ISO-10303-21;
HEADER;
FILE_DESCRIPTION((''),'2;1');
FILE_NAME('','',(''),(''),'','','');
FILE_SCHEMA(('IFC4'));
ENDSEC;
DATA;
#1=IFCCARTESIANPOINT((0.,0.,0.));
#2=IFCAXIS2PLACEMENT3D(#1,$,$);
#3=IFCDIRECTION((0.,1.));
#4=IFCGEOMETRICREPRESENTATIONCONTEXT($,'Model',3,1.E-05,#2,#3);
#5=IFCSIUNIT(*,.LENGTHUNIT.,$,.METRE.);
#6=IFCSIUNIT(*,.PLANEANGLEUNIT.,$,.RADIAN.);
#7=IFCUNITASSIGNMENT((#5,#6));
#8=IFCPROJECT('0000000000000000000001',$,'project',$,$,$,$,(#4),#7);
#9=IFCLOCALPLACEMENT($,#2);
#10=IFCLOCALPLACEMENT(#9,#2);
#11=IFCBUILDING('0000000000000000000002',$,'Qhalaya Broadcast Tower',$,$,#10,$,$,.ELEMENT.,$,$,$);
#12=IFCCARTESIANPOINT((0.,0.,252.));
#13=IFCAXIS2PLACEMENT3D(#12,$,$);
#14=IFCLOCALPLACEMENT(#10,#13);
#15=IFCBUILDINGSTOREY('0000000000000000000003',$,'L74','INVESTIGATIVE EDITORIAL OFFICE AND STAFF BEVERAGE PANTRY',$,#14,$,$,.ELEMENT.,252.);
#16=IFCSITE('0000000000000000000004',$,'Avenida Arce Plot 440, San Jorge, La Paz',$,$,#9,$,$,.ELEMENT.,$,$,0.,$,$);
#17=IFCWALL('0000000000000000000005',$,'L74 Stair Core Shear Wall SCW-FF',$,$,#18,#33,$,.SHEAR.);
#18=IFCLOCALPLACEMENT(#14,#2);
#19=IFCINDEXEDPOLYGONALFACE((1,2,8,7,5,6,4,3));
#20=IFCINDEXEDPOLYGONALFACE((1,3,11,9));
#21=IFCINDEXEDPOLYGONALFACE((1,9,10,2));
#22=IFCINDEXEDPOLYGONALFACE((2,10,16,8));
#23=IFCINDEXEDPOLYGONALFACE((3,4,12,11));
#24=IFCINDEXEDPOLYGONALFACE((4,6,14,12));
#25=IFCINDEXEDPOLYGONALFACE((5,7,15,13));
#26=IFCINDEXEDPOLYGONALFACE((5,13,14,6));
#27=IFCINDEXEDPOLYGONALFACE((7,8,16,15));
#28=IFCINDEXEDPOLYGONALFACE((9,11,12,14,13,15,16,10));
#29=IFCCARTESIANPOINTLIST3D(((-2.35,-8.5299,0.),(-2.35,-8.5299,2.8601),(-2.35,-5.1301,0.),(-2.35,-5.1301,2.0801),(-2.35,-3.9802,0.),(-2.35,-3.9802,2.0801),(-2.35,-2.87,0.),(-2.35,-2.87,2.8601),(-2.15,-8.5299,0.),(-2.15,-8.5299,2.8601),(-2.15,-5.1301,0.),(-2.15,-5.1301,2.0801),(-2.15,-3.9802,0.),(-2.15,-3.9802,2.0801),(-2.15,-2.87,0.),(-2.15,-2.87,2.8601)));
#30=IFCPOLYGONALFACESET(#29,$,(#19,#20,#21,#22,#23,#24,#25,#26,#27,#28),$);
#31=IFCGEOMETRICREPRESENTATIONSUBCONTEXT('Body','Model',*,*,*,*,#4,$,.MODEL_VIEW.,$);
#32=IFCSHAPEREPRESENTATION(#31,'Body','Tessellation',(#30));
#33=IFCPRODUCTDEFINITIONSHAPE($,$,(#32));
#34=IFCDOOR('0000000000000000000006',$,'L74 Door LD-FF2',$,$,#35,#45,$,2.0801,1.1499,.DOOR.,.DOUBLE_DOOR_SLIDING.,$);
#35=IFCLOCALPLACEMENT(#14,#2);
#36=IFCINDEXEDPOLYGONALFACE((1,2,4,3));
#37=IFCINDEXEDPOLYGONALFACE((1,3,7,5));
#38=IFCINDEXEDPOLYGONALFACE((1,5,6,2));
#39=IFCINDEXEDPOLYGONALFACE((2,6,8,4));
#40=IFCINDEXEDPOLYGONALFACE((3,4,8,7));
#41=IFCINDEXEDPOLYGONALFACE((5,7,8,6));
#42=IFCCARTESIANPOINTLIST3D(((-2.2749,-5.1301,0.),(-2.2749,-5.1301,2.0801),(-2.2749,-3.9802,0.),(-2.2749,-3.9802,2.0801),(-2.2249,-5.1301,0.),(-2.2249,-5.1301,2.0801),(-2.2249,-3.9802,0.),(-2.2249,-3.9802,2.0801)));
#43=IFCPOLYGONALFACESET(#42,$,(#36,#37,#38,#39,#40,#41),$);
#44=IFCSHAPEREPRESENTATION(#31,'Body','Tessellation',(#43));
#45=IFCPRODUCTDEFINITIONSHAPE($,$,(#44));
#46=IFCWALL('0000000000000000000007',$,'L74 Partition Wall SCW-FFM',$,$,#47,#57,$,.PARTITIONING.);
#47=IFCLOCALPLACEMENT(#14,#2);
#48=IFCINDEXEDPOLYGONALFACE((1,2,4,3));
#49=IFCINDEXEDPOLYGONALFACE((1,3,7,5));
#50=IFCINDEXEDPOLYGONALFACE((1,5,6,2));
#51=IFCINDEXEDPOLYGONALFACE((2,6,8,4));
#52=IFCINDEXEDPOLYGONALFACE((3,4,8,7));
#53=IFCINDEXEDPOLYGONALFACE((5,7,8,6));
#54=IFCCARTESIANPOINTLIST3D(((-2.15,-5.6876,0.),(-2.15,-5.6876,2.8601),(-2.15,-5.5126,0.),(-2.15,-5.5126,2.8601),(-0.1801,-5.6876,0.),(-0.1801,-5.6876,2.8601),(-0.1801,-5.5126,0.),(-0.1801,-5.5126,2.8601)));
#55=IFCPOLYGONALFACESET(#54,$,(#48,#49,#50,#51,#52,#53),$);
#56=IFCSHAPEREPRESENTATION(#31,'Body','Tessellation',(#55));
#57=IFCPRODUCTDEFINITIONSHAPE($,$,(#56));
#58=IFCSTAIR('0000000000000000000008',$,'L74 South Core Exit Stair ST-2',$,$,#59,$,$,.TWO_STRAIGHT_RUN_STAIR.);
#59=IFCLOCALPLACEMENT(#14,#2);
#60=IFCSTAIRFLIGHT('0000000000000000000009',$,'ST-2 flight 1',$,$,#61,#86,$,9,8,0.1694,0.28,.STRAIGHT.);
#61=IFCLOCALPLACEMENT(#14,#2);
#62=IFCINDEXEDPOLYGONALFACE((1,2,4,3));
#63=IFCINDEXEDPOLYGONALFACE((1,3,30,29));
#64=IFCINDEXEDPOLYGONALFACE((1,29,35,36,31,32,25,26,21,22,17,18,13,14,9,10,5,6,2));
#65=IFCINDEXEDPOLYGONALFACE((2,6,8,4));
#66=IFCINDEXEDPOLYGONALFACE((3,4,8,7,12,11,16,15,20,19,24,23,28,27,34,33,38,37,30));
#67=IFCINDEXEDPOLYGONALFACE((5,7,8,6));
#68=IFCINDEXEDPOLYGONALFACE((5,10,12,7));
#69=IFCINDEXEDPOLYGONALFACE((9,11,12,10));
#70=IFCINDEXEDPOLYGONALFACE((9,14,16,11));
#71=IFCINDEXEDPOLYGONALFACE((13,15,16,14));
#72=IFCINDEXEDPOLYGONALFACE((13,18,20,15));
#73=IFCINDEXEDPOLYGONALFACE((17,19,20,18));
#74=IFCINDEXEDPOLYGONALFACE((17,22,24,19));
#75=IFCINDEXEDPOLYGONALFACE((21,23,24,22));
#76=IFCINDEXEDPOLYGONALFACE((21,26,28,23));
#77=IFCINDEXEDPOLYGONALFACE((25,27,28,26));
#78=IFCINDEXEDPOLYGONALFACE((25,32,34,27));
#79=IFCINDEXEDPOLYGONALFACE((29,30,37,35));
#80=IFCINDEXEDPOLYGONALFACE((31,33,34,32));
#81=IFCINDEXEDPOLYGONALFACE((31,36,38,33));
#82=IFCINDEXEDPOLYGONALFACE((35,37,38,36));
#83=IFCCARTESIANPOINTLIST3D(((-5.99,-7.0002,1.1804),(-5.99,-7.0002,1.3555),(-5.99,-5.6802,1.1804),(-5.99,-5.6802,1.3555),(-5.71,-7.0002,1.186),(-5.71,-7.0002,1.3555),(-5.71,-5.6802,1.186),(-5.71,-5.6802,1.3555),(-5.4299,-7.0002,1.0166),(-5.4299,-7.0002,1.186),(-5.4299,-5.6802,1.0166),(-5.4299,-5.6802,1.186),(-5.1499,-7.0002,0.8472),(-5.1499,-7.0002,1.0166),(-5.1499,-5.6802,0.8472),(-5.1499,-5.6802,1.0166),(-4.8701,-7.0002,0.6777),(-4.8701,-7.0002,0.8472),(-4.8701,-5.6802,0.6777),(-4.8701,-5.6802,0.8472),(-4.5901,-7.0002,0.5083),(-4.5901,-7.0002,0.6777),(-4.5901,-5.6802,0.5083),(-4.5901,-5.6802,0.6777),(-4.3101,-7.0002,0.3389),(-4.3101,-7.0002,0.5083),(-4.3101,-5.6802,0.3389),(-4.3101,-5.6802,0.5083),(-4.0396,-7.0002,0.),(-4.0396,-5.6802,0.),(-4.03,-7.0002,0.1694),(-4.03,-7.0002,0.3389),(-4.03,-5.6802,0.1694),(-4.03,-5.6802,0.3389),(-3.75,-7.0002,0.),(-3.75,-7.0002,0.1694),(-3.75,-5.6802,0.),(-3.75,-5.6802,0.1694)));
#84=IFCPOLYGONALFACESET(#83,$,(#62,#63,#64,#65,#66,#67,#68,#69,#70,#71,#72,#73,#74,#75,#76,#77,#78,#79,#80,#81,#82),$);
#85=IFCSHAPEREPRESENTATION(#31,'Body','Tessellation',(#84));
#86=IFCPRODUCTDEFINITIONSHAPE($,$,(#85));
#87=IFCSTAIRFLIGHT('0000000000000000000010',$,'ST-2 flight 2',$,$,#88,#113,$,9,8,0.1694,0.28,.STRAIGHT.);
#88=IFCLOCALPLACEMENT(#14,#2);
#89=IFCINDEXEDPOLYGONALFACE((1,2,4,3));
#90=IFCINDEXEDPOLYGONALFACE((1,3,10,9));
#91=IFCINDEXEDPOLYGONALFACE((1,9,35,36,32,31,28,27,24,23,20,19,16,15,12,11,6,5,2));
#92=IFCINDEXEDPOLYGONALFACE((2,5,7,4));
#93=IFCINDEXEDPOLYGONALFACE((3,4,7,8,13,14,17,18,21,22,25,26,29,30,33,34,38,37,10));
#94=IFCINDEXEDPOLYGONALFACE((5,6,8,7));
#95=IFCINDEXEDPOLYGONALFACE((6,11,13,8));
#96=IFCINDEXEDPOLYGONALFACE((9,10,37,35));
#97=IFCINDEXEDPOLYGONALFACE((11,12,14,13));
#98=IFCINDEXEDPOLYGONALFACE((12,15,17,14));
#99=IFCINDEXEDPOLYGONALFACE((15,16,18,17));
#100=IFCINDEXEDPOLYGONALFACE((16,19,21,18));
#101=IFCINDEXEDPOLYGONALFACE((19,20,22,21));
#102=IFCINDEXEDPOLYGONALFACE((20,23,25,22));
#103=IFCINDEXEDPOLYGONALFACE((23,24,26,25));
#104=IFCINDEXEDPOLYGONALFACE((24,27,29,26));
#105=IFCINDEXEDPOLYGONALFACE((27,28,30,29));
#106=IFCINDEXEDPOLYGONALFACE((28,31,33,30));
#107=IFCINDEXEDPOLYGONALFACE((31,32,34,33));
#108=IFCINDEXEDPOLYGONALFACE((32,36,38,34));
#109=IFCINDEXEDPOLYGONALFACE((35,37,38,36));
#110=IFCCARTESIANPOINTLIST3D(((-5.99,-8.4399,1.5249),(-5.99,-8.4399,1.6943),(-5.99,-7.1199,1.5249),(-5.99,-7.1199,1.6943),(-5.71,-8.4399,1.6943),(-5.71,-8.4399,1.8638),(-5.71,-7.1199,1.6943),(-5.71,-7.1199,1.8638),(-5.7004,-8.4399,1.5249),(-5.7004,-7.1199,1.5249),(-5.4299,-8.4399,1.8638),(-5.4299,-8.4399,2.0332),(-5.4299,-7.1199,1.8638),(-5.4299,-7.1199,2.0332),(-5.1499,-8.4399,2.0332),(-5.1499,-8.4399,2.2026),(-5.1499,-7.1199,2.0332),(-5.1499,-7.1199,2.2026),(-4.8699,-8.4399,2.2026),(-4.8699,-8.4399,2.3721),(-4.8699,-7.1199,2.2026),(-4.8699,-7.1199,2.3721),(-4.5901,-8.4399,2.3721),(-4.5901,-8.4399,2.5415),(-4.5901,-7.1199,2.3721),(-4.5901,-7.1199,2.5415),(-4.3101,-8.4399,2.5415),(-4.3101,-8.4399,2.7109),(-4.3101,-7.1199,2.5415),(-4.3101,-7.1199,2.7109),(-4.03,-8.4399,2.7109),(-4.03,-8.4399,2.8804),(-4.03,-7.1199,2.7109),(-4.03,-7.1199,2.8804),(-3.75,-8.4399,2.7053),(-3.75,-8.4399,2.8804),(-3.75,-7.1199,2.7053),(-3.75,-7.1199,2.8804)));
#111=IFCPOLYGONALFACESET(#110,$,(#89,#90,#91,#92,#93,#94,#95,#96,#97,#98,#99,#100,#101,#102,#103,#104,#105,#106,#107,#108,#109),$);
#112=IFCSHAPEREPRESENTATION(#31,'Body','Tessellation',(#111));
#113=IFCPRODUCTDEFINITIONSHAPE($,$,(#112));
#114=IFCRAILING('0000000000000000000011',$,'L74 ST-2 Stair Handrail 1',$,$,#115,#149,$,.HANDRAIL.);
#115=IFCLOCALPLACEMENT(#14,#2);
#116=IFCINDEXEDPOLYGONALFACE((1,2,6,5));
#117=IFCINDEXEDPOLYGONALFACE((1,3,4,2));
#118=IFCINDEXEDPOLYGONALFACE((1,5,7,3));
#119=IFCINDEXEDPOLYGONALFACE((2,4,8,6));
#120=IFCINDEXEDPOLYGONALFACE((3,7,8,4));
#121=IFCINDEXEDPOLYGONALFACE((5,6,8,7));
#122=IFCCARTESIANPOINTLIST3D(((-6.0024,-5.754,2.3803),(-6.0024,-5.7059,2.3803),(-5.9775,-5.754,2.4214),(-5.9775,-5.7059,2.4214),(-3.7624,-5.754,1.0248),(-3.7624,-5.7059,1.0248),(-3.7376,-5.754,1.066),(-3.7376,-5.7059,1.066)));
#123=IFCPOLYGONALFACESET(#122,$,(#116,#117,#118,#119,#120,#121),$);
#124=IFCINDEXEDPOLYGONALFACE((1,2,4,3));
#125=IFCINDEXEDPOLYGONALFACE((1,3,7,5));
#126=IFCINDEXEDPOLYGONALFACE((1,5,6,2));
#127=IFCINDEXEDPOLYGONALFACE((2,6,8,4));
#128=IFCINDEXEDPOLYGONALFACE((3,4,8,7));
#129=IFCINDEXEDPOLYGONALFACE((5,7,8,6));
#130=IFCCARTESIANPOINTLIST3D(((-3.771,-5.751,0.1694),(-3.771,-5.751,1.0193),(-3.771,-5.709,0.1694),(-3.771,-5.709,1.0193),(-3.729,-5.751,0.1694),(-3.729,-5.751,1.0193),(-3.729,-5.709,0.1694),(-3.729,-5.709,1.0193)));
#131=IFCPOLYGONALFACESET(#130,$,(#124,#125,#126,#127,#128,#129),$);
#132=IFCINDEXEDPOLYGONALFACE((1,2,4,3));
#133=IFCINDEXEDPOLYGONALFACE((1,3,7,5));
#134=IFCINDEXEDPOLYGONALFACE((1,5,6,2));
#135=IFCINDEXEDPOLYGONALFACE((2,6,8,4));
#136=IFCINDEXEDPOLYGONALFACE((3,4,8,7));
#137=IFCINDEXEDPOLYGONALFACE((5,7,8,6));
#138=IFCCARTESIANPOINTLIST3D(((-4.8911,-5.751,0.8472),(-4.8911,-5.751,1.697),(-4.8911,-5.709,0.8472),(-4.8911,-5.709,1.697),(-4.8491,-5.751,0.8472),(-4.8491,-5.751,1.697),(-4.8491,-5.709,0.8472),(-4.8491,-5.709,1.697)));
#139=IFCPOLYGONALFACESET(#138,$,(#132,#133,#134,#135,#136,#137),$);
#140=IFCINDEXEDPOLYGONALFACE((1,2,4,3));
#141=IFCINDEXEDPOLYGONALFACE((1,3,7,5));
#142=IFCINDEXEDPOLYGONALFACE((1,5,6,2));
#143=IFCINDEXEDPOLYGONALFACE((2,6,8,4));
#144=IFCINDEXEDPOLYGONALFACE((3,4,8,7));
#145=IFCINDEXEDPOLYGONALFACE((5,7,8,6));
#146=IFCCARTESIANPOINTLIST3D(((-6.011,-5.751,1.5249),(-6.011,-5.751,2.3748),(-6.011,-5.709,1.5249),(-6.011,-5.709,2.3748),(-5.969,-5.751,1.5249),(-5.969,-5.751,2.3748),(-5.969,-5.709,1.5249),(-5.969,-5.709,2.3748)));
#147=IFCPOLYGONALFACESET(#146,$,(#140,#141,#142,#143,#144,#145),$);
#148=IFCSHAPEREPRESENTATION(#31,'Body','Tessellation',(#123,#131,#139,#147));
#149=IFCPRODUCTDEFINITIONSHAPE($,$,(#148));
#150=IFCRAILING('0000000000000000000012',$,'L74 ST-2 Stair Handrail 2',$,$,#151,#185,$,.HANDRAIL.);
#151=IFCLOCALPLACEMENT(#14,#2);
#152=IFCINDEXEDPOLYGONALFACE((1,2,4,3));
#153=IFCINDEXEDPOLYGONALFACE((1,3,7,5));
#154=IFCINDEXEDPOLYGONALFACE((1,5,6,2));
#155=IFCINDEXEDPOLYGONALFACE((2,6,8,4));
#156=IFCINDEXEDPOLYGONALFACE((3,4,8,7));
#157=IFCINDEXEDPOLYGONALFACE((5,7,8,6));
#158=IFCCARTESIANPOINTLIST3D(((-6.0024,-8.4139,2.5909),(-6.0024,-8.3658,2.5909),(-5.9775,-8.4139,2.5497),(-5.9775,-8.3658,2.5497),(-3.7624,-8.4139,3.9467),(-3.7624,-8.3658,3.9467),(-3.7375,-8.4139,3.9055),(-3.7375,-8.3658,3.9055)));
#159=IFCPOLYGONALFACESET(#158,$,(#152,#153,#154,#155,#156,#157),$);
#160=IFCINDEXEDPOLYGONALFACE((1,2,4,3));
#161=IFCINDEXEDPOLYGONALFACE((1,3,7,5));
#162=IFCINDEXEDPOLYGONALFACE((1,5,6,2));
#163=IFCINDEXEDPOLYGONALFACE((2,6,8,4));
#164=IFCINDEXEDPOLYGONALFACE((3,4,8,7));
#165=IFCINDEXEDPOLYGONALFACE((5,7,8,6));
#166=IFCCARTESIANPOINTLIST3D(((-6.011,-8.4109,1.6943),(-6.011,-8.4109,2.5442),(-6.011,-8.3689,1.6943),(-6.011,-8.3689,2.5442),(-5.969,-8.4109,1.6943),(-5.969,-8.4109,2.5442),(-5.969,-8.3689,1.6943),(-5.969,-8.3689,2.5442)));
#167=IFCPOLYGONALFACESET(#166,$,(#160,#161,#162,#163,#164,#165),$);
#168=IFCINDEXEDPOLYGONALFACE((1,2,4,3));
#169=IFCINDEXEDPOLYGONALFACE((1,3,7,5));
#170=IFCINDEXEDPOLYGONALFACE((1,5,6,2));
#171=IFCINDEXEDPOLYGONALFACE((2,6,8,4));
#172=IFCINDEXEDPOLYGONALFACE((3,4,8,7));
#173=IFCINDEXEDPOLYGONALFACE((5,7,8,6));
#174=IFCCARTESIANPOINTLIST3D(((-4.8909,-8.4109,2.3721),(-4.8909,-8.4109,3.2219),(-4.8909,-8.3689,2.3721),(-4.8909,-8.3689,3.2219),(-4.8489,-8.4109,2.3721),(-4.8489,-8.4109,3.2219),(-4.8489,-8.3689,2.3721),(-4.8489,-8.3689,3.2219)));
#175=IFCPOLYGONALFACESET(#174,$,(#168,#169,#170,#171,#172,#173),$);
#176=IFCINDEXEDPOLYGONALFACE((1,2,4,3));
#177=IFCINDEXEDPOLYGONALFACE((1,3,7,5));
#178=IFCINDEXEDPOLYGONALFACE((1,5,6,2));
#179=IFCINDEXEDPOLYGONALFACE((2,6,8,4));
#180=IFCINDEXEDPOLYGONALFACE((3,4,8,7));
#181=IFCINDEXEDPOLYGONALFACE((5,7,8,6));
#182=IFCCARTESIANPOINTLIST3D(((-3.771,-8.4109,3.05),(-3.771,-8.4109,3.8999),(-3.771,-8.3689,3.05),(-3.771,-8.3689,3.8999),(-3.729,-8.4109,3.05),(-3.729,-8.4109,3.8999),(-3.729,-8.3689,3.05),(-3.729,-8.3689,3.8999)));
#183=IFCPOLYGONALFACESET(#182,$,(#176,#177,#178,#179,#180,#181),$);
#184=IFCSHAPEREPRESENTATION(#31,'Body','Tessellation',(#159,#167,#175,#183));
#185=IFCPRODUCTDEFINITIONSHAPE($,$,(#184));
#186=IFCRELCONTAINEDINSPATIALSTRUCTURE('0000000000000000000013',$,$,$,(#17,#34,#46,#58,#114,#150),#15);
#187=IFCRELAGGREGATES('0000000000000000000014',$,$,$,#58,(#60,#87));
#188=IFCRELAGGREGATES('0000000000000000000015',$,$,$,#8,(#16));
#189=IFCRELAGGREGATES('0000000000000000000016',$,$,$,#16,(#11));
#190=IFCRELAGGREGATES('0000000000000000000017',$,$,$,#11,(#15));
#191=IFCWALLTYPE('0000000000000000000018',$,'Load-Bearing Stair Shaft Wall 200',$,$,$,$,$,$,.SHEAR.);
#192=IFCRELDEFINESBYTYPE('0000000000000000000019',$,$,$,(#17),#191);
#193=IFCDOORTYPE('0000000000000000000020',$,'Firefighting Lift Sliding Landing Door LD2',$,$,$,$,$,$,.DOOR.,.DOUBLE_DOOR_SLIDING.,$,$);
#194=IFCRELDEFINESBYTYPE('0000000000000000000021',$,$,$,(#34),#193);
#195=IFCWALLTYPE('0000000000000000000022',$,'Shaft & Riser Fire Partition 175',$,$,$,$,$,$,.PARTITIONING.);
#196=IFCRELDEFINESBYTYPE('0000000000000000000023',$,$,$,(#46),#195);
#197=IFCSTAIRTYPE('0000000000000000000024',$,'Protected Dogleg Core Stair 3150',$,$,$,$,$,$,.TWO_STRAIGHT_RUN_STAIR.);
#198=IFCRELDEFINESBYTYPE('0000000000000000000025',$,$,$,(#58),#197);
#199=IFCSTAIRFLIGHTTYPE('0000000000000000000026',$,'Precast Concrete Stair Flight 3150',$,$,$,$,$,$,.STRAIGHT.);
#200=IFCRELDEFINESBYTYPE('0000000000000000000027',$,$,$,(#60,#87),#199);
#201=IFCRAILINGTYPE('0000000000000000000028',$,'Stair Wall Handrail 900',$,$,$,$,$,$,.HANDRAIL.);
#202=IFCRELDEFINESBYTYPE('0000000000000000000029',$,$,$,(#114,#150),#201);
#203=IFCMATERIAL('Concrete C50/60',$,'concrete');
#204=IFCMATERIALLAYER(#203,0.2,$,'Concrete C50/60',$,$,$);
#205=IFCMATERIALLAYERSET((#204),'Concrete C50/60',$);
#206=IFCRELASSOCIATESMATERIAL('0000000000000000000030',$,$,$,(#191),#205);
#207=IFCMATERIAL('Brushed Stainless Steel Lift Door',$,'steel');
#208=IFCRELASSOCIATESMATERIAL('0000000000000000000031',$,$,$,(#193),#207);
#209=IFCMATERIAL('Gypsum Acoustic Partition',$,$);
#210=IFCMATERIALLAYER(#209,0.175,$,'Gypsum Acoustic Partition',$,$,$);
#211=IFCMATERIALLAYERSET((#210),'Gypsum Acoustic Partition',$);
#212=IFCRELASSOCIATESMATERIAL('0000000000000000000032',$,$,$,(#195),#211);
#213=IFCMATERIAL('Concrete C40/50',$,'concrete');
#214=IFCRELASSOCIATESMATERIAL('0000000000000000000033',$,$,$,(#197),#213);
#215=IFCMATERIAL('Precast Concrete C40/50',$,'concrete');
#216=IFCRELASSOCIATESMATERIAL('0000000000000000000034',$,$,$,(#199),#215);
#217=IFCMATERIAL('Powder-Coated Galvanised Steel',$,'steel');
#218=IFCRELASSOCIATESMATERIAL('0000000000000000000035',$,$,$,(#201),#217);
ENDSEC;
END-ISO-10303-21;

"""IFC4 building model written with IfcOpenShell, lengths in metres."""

from ifc_helpers import new_model, si_unit, direction, frame, frame_2d, origin, origin_2d, place, context, subcontext, project, spatial, polyline, rectangle, outline, extrude, material, layer, layer_set, type_object, element, fill, aggregate, save


model = new_model("IFC4")

# Units and contexts
model_context = context("Model", 3, precision=1e-05, world=origin(), true_north=direction((0.0, 1.0)))
body_context = subcontext(model_context, "Body", "Model", "MODEL_VIEW")
ifc_project = project(units=[si_unit("LENGTHUNIT", "METRE"), si_unit("PLANEANGLEUNIT", "RADIAN")], contexts=[model_context])

# Site, building, storey
site_placement = place(None, origin())
site = spatial("IfcSite", under=ifc_project, at=site_placement, Name="Avenida Arce Plot 440, San Jorge, La Paz", CompositionType="ELEMENT", RefElevation=0.0)
building_placement = place(site_placement, origin())
building = spatial("IfcBuilding", under=site, at=building_placement, Name="Qhalaya Broadcast Tower", CompositionType="ELEMENT")
storey_placement = place(building_placement, frame((0.0, 0.0, 252.0)))
storey = spatial("IfcBuildingStorey", under=building, at=storey_placement, Name="L74", Description="INVESTIGATIVE EDITORIAL OFFICE AND STAFF BEVERAGE PANTRY", CompositionType="ELEMENT", Elevation=252.0)

# Shared definitions
ifc_material_1 = material(Name="Concrete C50/60", Category="concrete")

# Wall, opening, door
ifc_layer_1 = layer(ifc_material_1, 0.2, Name="Concrete C50/60")
ifc_layer_set_1 = layer_set([ifc_layer_1], Name="Concrete C50/60")
wall_type_1 = type_object("IfcWallType", Name="Load-Bearing Stair Shaft Wall 200", PredefinedType="SHEAR", material=ifc_layer_set_1)
wall_1_placement = place(storey_placement, frame((-2.25, -8.53, 0.0), z_axis=(0.0, 0.0, 1.0), x_axis=(0.0, 1.0, 0.0)))
wall_1 = element("IfcWall", 1, at=wall_1_placement, inside=storey, type_object=wall_type_1, Name="L74 Stair Core Shear Wall SCW-FF", PredefinedType="SHEAR", context=body_context, shape_type="SweptSolid", body=[
    extrude(rectangle(XDim=5.6599, YDim=0.2, at=frame_2d((2.8301, 0.0))), origin(), (0.0, 0.0, 1.0), 2.8601),
])
opening_1_placement = place(wall_1_placement, frame((3.3999, 0.0, 0.0)))
opening_1 = element("IfcOpeningElement", 2, at=opening_1_placement, cuts=wall_1, PredefinedType="OPENING", context=body_context, shape_type="SweptSolid", body=[
    extrude(rectangle(XDim=1.1499, YDim=2.0801, at=frame_2d((0.575, 1.04))), frame((0.0, 0.1121, 0.0), z_axis=(0.0, -1.0, 0.0), x_axis=(1.0, 0.0, 0.0)), (0.0, 0.0, 1.0), 0.2239),
])
ifc_material_2 = material(Name="Brushed Stainless Steel Lift Door", Category="steel")
door_type_1 = type_object("IfcDoorType", Name="Firefighting Lift Sliding Landing Door LD2", OperationType="DOUBLE_DOOR_SLIDING", PredefinedType="DOOR", material=ifc_material_2)
door_1_placement = place(opening_1_placement, origin())
door_1 = element("IfcDoor", 3, at=door_1_placement, inside=storey, type_object=door_type_1, Name="L74 Door LD-FF2", OperationType="DOUBLE_DOOR_SLIDING", OverallHeight=2.0801, OverallWidth=1.1499, PredefinedType="DOOR", context=body_context, shape_type="SweptSolid", body=[
    extrude(rectangle(XDim=1.1499, YDim=2.0801, at=frame_2d((0.575, 1.04))), frame((0.0, 0.0249, 0.0), z_axis=(0.0, -1.0, 0.0), x_axis=(1.0, 0.0, 0.0)), (0.0, 0.0, 1.0), 0.05),
])
fill(opening_1, door_1)

# Wall
ifc_material_3 = material(Name="Gypsum Acoustic Partition")
ifc_layer_2 = layer(ifc_material_3, 0.175, Name="Gypsum Acoustic Partition")
ifc_layer_set_2 = layer_set([ifc_layer_2], Name="Gypsum Acoustic Partition")
wall_type_2 = type_object("IfcWallType", Name="Shaft & Riser Fire Partition 175", PredefinedType="PARTITIONING", material=ifc_layer_set_2)
wall_2_placement = place(storey_placement, frame((-2.1499, -5.6001, 0.0), z_axis=(0.0, 0.0, 1.0), x_axis=(1.0, 0.0, 0.0)))
element("IfcWall", 4, at=wall_2_placement, inside=storey, type_object=wall_type_2, Name="L74 Partition Wall SCW-FFM", PredefinedType="PARTITIONING", context=body_context, shape_type="SweptSolid", body=[
    extrude(rectangle(XDim=1.97, YDim=0.175, at=frame_2d((0.9849, 0.0))), origin(), (0.0, 0.0, 1.0), 2.8601),
])

# Stair, stair flights
ifc_material_4 = material(Name="Concrete C40/50", Category="concrete")
stair_type = type_object("IfcStairType", Name="Protected Dogleg Core Stair 3150", PredefinedType="TWO_STRAIGHT_RUN_STAIR", material=ifc_material_4)
stair_placement = place(storey_placement, origin())
stair = element("IfcStair", 5, at=stair_placement, inside=storey, type_object=stair_type, Name="L74 South Core Exit Stair ST-2", PredefinedType="TWO_STRAIGHT_RUN_STAIR")
ifc_material_5 = material(Name="Precast Concrete C40/50", Category="concrete")
stair_flight_type = type_object("IfcStairFlightType", Name="Precast Concrete Stair Flight 3150", PredefinedType="STRAIGHT", material=ifc_material_5)
stair_flight_1_placement = place(storey_placement, frame((-3.75, -6.3401, 0.0), z_axis=(0.0, 0.0, 1.0), x_axis=(-1.0, 0.0, 0.0)))
stair_flight_1 = element("IfcStairFlight", 6, at=stair_flight_1_placement, type_object=stair_flight_type, Name="ST-2 flight 1", NumberOfRisers=9, NumberOfTreads=8, PredefinedType="STRAIGHT", RiserHeight=0.1694, TreadLength=0.28, context=body_context, shape_type="SweptSolid", body=[
    extrude(outline(polyline([(0.0, 0.0), (0.0, 0.1694), (0.28, 0.1694), (0.28, 0.3389), (0.5601, 0.3389), (0.5601, 0.5083), (0.8401, 0.5083), (0.8401, 0.6777), (1.1201, 0.6777), (1.1201, 0.8472), (1.3999, 0.8472), (1.3999, 1.0166), (1.6799, 1.0166), (1.6799, 1.186), (1.96, 1.186), (1.96, 1.3555), (2.24, 1.3555), (2.24, 1.5249), (2.24, 1.1804), (0.2896, 0.0), (0.0, 0.0)])), frame((0.0, 0.6602, 0.0), z_axis=(0.0, -1.0, 0.0), x_axis=(1.0, 0.0, 0.0)), (0.0, 0.0, 1.0), 1.3201),
])
stair_flight_2_placement = place(storey_placement, frame((-5.99, -7.78, 1.5249), z_axis=(0.0, 0.0, 1.0), x_axis=(1.0, 0.0, 0.0)))
stair_flight_2 = element("IfcStairFlight", 7, at=stair_flight_2_placement, type_object=stair_flight_type, Name="ST-2 flight 2", NumberOfRisers=9, NumberOfTreads=8, PredefinedType="STRAIGHT", RiserHeight=0.1694, TreadLength=0.28, context=body_context, shape_type="SweptSolid", body=[
    extrude(outline(polyline([(0.0, 0.0), (0.0, 0.1694), (0.28, 0.1694), (0.28, 0.3389), (0.5601, 0.3389), (0.5601, 0.5083), (0.8401, 0.5083), (0.8401, 0.6777), (1.1201, 0.6777), (1.1201, 0.8472), (1.3999, 0.8472), (1.3999, 1.0166), (1.6799, 1.0166), (1.6799, 1.186), (1.96, 1.186), (1.96, 1.3555), (2.24, 1.3555), (2.24, 1.5249), (2.24, 1.1804), (0.2896, 0.0), (0.0, 0.0)])), frame((0.0, 0.6602, 0.0), z_axis=(0.0, -1.0, 0.0), x_axis=(1.0, 0.0, 0.0)), (0.0, 0.0, 1.0), 1.3201),
])
aggregate(stair, [stair_flight_1, stair_flight_2])

# Railings
ifc_material_6 = material(Name="Powder-Coated Galvanised Steel", Category="steel")
railing_type_1 = type_object("IfcRailingType", Name="Stair Wall Handrail 900", PredefinedType="HANDRAIL", material=ifc_material_6)
railing_1_placement = place(storey_placement, frame((-3.75, -5.73, 0.1694)))
element("IfcRailing", 8, at=railing_1_placement, inside=storey, type_object=railing_type_1, Name="L74 ST-2 Stair Handrail 1", PredefinedType="HANDRAIL", context=body_context, shape_type="SweptSolid", body=[
    extrude(rectangle(XDim=0.0481, YDim=0.0481, at=origin_2d()), frame((0.0, 0.0, 0.876), z_axis=(-0.855553, 0.0, 0.517715), x_axis=(0.0, -1.0, 0.0)), (0.0, 0.0, 1.0), 2.6182),
    extrude(rectangle(XDim=0.042, YDim=0.042, at=origin_2d()), origin(), (0.0, 0.0, 1.0), 0.8499),
    extrude(rectangle(XDim=0.042, YDim=0.042, at=origin_2d()), frame((-1.1201, 0.0, 0.6777)), (0.0, 0.0, 1.0), 0.8499),
    extrude(rectangle(XDim=0.042, YDim=0.042, at=origin_2d()), frame((-2.24, 0.0, 1.3555)), (0.0, 0.0, 1.0), 0.8499),
])
railing_2_placement = place(storey_placement, frame((-5.99, -8.3899, 1.6943)))
element("IfcRailing", 9, at=railing_2_placement, inside=storey, type_object=railing_type_1, Name="L74 ST-2 Stair Handrail 2", PredefinedType="HANDRAIL", context=body_context, shape_type="SweptSolid", body=[
    extrude(rectangle(XDim=0.0481, YDim=0.0481, at=origin_2d()), frame((0.0, 0.0, 0.876), z_axis=(0.855512, 0.0, 0.517783), x_axis=(0.0, 1.0, 0.0)), (0.0, 0.0, 1.0), 2.6184),
    extrude(rectangle(XDim=0.042, YDim=0.042, at=origin_2d()), origin(), (0.0, 0.0, 1.0), 0.8499),
    extrude(rectangle(XDim=0.042, YDim=0.042, at=origin_2d()), frame((1.1201, 0.0, 0.6777)), (0.0, 0.0, 1.0), 0.8499),
    extrude(rectangle(XDim=0.042, YDim=0.042, at=origin_2d()), frame((2.24, 0.0, 1.3557)), (0.0, 0.0, 1.0), 0.8499),
])

save(model, "model.ifc")
